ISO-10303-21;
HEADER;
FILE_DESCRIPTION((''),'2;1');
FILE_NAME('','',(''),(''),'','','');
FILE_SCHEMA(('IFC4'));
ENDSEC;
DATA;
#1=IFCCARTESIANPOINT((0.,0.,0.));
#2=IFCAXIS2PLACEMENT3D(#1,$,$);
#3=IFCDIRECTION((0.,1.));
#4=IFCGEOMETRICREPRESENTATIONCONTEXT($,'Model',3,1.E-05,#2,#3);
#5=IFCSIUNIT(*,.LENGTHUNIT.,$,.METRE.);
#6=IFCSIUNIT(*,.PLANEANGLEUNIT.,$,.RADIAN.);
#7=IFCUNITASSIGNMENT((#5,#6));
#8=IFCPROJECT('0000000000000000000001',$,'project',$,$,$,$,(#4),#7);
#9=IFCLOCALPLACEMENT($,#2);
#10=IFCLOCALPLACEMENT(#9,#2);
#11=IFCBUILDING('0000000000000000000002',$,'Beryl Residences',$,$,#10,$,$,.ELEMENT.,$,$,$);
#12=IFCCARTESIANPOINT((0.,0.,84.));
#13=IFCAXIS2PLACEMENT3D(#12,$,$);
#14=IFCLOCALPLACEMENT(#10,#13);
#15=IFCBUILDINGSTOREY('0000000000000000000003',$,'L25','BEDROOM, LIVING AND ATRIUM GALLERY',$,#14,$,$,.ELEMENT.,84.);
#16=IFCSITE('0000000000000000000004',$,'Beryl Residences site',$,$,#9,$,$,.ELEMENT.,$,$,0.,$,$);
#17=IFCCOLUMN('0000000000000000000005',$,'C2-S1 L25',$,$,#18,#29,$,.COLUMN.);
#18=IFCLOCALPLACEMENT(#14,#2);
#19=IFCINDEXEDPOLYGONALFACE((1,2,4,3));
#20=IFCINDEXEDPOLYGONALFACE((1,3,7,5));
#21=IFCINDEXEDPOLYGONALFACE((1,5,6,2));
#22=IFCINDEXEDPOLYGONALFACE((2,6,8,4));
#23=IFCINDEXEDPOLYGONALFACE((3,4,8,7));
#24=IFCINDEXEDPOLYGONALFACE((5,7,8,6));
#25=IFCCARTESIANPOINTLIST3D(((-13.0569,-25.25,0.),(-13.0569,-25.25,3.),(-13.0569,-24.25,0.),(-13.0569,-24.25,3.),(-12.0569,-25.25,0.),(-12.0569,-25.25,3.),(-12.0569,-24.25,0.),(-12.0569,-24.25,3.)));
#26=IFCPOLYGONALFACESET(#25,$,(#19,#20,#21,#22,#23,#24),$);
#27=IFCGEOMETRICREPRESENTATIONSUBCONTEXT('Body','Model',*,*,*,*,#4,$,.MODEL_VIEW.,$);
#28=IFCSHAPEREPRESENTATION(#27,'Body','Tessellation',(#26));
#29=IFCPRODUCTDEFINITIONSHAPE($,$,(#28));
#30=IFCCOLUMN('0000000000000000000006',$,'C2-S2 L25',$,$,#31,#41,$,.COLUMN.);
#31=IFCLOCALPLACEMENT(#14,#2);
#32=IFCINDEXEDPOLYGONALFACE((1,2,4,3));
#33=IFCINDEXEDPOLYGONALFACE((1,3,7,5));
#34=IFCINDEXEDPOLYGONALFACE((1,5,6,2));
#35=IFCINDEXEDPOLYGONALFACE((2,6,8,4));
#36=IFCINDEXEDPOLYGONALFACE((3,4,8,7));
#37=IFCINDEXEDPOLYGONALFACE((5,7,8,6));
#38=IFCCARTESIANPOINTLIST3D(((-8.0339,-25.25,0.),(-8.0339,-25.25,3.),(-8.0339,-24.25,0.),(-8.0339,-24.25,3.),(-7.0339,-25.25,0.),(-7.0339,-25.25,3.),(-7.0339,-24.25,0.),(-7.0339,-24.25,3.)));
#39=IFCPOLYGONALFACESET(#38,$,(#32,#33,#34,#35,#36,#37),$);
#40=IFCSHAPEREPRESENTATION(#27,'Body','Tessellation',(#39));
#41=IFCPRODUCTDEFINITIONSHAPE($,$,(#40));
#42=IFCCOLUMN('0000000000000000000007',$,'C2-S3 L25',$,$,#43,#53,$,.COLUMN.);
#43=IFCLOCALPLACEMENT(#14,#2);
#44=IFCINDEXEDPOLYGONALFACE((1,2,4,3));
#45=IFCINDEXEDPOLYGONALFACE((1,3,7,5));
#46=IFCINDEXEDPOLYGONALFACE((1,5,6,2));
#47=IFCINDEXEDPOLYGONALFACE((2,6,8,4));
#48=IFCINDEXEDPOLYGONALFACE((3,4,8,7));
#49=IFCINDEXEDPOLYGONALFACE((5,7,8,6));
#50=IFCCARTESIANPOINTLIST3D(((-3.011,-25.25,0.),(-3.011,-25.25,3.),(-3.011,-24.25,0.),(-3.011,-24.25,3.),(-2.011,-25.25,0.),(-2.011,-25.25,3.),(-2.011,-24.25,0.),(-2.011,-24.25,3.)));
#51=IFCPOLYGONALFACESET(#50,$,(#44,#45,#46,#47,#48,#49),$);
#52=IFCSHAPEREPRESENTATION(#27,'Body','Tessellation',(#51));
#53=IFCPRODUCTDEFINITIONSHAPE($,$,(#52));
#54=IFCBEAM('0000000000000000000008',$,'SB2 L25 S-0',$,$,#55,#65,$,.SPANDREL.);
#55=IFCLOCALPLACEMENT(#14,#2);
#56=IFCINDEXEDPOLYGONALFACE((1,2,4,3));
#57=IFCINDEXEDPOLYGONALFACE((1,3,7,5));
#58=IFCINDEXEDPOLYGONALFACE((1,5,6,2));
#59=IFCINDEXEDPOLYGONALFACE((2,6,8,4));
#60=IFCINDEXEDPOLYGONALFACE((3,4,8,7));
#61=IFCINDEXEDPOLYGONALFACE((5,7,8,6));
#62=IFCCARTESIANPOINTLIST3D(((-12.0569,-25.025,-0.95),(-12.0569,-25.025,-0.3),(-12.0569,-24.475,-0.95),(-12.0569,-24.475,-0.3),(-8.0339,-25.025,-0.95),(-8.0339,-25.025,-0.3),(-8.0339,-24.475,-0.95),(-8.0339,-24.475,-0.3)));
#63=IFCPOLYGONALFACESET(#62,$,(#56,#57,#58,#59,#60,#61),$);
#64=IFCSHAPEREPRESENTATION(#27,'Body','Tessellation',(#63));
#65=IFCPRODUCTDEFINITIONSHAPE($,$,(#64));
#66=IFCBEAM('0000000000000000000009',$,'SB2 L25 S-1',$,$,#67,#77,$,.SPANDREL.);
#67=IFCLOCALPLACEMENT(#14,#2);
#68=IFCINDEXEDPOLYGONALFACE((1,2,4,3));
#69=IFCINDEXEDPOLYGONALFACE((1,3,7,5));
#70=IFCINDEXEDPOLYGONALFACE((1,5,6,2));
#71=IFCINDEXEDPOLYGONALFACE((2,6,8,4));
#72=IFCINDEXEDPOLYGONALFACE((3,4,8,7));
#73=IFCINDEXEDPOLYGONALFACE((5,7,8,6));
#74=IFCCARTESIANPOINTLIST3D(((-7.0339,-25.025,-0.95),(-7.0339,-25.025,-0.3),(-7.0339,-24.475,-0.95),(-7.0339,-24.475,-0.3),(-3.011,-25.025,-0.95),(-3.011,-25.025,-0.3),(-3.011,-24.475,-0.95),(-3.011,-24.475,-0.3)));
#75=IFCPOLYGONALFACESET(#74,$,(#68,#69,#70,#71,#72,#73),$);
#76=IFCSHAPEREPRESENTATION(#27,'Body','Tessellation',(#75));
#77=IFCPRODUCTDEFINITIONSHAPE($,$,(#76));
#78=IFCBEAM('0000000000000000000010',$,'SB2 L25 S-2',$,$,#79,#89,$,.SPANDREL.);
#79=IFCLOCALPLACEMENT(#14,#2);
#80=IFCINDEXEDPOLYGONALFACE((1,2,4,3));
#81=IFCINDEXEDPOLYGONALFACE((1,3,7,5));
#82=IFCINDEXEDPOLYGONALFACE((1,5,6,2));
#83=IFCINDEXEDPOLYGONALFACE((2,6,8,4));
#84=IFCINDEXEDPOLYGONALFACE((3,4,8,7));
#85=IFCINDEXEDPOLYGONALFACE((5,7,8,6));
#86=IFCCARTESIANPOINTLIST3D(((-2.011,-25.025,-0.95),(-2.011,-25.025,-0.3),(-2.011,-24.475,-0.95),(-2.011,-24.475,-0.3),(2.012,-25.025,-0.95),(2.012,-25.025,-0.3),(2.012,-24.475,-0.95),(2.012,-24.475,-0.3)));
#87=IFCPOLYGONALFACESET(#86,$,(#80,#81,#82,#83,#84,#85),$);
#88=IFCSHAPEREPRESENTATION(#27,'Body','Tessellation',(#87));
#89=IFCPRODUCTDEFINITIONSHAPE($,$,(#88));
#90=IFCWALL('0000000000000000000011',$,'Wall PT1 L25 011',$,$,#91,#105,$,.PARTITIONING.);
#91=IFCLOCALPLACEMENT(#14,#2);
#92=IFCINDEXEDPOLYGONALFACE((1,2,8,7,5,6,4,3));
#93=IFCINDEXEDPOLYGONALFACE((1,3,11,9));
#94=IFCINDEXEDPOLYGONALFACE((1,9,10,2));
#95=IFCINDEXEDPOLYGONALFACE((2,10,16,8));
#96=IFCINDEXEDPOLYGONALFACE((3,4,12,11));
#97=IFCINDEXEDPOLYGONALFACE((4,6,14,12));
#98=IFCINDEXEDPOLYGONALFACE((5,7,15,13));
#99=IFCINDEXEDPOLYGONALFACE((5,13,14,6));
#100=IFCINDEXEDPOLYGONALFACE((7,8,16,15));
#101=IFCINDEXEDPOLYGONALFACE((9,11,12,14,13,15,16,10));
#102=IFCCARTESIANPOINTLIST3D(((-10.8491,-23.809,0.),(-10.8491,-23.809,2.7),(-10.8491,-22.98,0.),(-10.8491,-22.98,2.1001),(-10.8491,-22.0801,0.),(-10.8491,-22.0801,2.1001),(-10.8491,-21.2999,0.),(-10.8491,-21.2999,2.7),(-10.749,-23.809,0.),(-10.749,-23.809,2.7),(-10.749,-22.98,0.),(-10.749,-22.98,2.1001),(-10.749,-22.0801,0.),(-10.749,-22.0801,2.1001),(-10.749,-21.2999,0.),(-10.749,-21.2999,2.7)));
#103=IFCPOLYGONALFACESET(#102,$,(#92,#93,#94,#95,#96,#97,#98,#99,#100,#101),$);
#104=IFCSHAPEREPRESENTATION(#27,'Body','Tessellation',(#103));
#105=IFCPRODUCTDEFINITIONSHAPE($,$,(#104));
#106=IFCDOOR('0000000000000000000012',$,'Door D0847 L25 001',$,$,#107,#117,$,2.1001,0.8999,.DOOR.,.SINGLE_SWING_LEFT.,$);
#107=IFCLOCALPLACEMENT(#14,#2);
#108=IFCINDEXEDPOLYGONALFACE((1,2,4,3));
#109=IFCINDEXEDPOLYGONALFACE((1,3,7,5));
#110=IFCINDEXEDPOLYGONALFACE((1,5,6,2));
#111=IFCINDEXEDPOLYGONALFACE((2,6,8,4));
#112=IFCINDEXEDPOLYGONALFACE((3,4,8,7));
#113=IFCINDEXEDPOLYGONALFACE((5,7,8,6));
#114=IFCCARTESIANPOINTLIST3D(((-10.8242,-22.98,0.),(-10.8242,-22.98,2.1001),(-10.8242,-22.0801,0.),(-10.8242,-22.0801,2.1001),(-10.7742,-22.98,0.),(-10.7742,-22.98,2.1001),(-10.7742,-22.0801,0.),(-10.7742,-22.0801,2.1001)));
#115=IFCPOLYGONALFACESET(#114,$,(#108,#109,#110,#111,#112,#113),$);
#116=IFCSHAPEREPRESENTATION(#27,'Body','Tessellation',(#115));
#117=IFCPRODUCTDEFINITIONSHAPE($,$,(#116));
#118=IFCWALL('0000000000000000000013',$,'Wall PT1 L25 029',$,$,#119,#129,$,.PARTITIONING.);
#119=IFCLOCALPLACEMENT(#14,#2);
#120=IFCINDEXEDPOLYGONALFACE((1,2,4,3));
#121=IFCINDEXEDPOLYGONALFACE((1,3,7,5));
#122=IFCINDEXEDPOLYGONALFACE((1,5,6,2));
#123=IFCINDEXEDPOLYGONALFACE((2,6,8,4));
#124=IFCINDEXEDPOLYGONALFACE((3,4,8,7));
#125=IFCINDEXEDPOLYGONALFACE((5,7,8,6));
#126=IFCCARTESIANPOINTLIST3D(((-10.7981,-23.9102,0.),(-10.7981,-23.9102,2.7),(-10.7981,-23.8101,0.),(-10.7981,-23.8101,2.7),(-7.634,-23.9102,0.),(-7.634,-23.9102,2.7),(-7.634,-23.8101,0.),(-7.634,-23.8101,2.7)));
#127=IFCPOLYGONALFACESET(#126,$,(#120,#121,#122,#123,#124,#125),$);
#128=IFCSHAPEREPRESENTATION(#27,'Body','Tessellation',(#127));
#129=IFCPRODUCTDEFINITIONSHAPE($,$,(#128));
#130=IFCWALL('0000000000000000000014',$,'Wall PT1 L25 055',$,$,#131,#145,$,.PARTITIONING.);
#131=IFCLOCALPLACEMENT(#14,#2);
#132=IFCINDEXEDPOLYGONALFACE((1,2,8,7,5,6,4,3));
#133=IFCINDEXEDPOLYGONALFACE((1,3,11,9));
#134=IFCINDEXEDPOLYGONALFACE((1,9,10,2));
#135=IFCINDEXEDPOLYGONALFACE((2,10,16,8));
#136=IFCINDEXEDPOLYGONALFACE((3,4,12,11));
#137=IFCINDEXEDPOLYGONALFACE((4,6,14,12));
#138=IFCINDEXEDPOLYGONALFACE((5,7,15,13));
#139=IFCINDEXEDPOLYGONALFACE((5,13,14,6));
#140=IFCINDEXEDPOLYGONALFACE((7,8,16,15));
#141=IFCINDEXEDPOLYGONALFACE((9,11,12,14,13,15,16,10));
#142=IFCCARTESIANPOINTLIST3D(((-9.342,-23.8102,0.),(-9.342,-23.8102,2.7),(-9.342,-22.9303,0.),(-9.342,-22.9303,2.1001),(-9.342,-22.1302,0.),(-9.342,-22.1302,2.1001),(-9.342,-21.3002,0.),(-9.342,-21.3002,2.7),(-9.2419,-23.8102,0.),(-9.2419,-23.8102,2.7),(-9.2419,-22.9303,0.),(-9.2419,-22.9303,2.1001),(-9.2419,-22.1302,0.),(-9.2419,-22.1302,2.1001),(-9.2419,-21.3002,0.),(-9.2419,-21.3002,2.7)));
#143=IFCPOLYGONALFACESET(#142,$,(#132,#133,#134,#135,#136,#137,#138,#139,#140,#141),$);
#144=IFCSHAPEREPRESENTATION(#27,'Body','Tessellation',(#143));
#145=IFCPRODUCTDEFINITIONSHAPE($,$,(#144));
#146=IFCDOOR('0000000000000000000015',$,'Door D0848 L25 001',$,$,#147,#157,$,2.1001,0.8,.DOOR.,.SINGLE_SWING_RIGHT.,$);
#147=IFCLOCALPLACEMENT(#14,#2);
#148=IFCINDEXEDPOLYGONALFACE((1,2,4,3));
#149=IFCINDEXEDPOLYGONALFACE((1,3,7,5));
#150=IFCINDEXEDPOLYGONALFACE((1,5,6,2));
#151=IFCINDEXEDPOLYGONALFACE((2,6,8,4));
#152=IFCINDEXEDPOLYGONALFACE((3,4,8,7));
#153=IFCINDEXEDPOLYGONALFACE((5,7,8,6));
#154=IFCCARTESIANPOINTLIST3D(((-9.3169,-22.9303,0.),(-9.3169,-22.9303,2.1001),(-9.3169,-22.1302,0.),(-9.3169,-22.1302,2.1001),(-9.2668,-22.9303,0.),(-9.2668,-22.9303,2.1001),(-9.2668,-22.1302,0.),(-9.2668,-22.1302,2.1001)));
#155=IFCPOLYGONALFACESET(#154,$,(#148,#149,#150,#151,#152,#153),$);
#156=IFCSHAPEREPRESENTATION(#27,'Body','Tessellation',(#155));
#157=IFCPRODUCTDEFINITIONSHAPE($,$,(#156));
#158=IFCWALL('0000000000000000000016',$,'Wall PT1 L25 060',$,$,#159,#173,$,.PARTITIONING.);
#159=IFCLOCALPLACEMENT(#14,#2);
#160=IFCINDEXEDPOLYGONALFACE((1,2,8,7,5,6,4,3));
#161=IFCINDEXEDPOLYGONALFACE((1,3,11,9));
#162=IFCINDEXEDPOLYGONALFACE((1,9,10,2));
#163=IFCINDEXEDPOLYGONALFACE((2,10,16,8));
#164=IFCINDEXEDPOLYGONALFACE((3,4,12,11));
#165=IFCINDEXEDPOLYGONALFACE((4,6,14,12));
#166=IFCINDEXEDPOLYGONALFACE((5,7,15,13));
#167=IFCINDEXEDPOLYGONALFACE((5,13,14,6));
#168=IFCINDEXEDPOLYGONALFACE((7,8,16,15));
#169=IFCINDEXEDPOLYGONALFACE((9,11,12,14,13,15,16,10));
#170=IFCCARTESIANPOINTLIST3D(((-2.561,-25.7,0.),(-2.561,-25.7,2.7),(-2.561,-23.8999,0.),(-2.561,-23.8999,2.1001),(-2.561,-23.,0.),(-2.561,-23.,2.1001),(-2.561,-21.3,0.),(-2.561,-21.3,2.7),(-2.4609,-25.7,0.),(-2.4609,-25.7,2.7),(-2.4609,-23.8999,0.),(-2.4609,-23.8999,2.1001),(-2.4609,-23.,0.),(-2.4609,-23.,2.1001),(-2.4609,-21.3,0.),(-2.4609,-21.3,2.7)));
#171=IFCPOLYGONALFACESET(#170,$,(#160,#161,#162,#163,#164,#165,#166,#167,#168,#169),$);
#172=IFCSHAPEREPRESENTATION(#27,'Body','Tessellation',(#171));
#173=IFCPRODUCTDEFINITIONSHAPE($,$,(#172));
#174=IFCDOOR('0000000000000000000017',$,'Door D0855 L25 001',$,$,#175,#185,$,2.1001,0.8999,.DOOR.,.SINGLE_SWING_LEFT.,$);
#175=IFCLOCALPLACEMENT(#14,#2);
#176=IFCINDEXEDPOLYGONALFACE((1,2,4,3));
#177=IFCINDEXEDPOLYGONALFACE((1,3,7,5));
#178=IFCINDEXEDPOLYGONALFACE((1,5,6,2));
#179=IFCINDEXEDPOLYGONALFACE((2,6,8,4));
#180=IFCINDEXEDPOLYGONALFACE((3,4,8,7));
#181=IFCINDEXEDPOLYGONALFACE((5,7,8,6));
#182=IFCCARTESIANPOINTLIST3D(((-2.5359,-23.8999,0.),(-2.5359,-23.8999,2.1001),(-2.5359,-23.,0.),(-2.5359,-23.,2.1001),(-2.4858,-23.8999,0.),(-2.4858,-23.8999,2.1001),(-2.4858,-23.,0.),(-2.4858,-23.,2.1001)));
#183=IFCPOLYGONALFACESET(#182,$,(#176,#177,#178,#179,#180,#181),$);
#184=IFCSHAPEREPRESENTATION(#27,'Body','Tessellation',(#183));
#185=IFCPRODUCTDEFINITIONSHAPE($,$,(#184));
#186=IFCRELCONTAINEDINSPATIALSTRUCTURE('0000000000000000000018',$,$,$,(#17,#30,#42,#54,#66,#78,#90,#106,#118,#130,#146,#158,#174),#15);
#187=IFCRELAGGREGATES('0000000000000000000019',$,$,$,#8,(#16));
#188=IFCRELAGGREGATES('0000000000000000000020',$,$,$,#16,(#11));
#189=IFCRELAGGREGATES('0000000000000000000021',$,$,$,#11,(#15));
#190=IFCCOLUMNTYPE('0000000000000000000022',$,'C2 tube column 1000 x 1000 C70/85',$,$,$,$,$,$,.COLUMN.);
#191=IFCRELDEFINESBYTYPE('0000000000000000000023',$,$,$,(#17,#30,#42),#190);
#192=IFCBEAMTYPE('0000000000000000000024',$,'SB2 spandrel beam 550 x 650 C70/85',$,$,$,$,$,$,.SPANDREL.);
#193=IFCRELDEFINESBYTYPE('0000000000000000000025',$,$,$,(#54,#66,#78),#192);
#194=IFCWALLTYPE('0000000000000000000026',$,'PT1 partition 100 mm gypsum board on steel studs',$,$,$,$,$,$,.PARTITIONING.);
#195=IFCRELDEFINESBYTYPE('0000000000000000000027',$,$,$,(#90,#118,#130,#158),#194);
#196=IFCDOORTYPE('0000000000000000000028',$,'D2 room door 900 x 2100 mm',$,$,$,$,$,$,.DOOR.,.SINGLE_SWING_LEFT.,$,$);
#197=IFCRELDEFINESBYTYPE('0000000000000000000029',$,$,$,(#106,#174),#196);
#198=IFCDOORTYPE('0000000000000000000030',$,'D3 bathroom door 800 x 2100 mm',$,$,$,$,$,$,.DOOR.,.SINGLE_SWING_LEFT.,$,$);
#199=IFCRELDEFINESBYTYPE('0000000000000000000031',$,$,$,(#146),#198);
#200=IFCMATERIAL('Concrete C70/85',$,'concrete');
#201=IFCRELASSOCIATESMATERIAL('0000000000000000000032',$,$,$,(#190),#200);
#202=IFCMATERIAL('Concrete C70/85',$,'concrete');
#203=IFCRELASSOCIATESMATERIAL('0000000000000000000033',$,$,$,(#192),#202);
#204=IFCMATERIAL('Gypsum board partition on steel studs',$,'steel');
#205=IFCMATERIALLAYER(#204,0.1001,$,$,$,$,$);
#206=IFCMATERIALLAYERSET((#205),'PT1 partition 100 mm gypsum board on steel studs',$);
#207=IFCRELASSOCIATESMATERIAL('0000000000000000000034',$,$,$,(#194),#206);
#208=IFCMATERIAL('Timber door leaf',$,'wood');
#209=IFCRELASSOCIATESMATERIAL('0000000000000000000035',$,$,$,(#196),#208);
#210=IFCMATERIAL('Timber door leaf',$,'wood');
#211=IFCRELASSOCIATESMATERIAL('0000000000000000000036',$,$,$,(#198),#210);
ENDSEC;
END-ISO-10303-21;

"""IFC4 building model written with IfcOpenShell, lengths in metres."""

from ifc_helpers import new_model, si_unit, direction, frame, frame_2d, origin, origin_2d, place, context, subcontext, project, spatial, rectangle, extrude, material, layer, layer_set, material_profile, profile_set, type_object, element, fill, save


model = new_model("IFC4")

# Units and contexts
model_context = context("Model", 3, precision=1e-05, world=origin(), true_north=direction((0.0, 1.0)))
body_context = subcontext(model_context, "Body", "Model", "MODEL_VIEW")
ifc_project = project(units=[si_unit("LENGTHUNIT", "METRE"), si_unit("PLANEANGLEUNIT", "RADIAN")], contexts=[model_context])

# Site, building, storey
site_placement = place(None, origin())
site = spatial("IfcSite", under=ifc_project, at=site_placement, Name="Beryl Residences site", CompositionType="ELEMENT", RefElevation=0.0)
building_placement = place(site_placement, origin())
building = spatial("IfcBuilding", under=site, at=building_placement, Name="Beryl Residences", CompositionType="ELEMENT")
storey_placement = place(building_placement, frame((0.0, 0.0, 84.0)))
storey = spatial("IfcBuildingStorey", under=building, at=storey_placement, Name="L25", Description="BEDROOM, LIVING AND ATRIUM GALLERY", CompositionType="ELEMENT", Elevation=84.0)

# Columns
ifc_material_1 = material(Name="Concrete C70/85", Category="concrete")
ifc_material_profile_1 = material_profile(ifc_material_1, rectangle(XDim=1.0, YDim=1.0, at=origin_2d()))
ifc_profile_set_1 = profile_set([ifc_material_profile_1], Name="Concrete C70/85")
column_type = type_object("IfcColumnType", Name="C2 tube column 1000 x 1000 C70/85", PredefinedType="COLUMN", material=ifc_profile_set_1)
for number, where, z_axis, x_axis, name in (
    (1, (-12.5569, -24.75, 0.0), (0.0, 0.0, 1.0), (1.0, 0.0, 0.0), "C2-S1 L25"),
    (2, (-7.5339, -24.75, 0.0), (0.0, 0.0, 1.0), (1.0, 0.0, 0.0), "C2-S2 L25"),
    (3, (-2.511, -24.75, 0.0), (0.0, 0.0, 1.0), (1.0, 0.0, 0.0), "C2-S3 L25"),
):
    element("IfcColumn", number, at=place(storey_placement, frame(where, z_axis=z_axis, x_axis=x_axis)), inside=storey, type_object=column_type, Name=name, PredefinedType="COLUMN", context=body_context, shape_type="SweptSolid", body=[
        extrude(rectangle(XDim=1.0, YDim=1.0, at=origin_2d()), origin(), (0.0, 0.0, 1.0), 3.0),
    ])

# Beams
ifc_material_2 = material(Name="Concrete C70/85", Category="concrete")
ifc_material_profile_2 = material_profile(ifc_material_2, rectangle(XDim=0.55, YDim=0.6499, at=origin_2d()))
ifc_profile_set_2 = profile_set([ifc_material_profile_2], Name="Concrete C70/85")
beam_type = type_object("IfcBeamType", Name="SB2 spandrel beam 550 x 650 C70/85", PredefinedType="SPANDREL", material=ifc_profile_set_2)
for number, where, z_axis, x_axis, name in (
    (4, (-12.0569, -24.75, -0.625), (1.0, 0.0, 0.0), (0.0, 1.0, 0.0), "SB2 L25 S-0"),
    (5, (-7.0339, -24.75, -0.625), (1.0, 0.0, 0.0), (0.0, 1.0, 0.0), "SB2 L25 S-1"),
    (6, (-2.011, -24.75, -0.625), (1.0, 0.0, 0.0), (0.0, 1.0, 0.0), "SB2 L25 S-2"),
):
    element("IfcBeam", number, at=place(storey_placement, frame(where, z_axis=z_axis, x_axis=x_axis)), inside=storey, type_object=beam_type, Name=name, PredefinedType="SPANDREL", context=body_context, shape_type="SweptSolid", body=[
        extrude(rectangle(XDim=0.55, YDim=0.6499, at=origin_2d()), origin(), (0.0, 0.0, 1.0), 4.0229),
    ])

# Wall, opening, door
ifc_material_3 = material(Name="Gypsum board partition on steel studs", Category="steel")
ifc_layer_1 = layer(ifc_material_3, 0.1001)
ifc_layer_set_1 = layer_set([ifc_layer_1], Name="PT1 partition 100 mm gypsum board on steel studs")
wall_type_1 = type_object("IfcWallType", Name="PT1 partition 100 mm gypsum board on steel studs", PredefinedType="PARTITIONING", material=ifc_layer_set_1)
wall_1_placement = place(storey_placement, frame((-10.7991, -21.3, 0.0), z_axis=(0.0, 0.0, 1.0), x_axis=(0.0, -1.0, 0.0)))
wall_1 = element("IfcWall", 7, at=wall_1_placement, inside=storey, type_object=wall_type_1, Name="Wall PT1 L25 011", PredefinedType="PARTITIONING", context=body_context, shape_type="SweptSolid", body=[
    extrude(rectangle(XDim=2.509, YDim=0.1001, at=frame_2d((1.2544, 0.0))), origin(), (0.0, 0.0, 1.0), 2.7),
])
opening_1_placement = place(wall_1_placement, frame((0.78, 0.0, 0.0)))
opening_1 = element("IfcOpeningElement", 8, at=opening_1_placement, cuts=wall_1, PredefinedType="OPENING", context=body_context, shape_type="SweptSolid", body=[
    extrude(rectangle(XDim=0.8999, YDim=2.1001, at=frame_2d((0.45, 1.05))), frame((0.0, 0.0601, 0.0), z_axis=(0.0, -1.0, 0.0), x_axis=(1.0, 0.0, 0.0)), (0.0, 0.0, 1.0), 0.1201),
])
ifc_material_4 = material(Name="Timber door leaf", Category="wood")
door_type_1 = type_object("IfcDoorType", Name="D2 room door 900 x 2100 mm", OperationType="SINGLE_SWING_LEFT", PredefinedType="DOOR", material=ifc_material_4)
door_1_placement = place(opening_1_placement, origin())
door_1 = element("IfcDoor", 9, at=door_1_placement, inside=storey, type_object=door_type_1, Name="Door D0847 L25 001", OperationType="SINGLE_SWING_LEFT", OverallHeight=2.1001, OverallWidth=0.8999, PredefinedType="DOOR", context=body_context, shape_type="SweptSolid", body=[
    extrude(rectangle(XDim=0.8999, YDim=2.1001, at=frame_2d((0.45, 1.05))), frame((0.0, 0.0249, 0.0), z_axis=(0.0, -1.0, 0.0), x_axis=(1.0, 0.0, 0.0)), (0.0, 0.0, 1.0), 0.05),
])
fill(opening_1, door_1)

# Wall
wall_2_placement = place(storey_placement, frame((-10.7981, -23.8601, 0.0), z_axis=(0.0, 0.0, 1.0), x_axis=(1.0, 0.0, 0.0)))
element("IfcWall", 10, at=wall_2_placement, inside=storey, type_object=wall_type_1, Name="Wall PT1 L25 029", PredefinedType="PARTITIONING", context=body_context, shape_type="SweptSolid", body=[
    extrude(rectangle(XDim=3.1641, YDim=0.1001, at=frame_2d((1.582, 0.0))), origin(), (0.0, 0.0, 1.0), 2.7),
])

# Walls, openings, doors
wall_3_placement = place(storey_placement, frame((-9.292, -23.8101, 0.0), z_axis=(0.0, 0.0, 1.0), x_axis=(0.0, 1.0, 0.0)))
wall_3 = element("IfcWall", 11, at=wall_3_placement, inside=storey, type_object=wall_type_1, Name="Wall PT1 L25 055", PredefinedType="PARTITIONING", context=body_context, shape_type="SweptSolid", body=[
    extrude(rectangle(XDim=2.51, YDim=0.1001, at=frame_2d((1.2549, 0.0))), origin(), (0.0, 0.0, 1.0), 2.7),
])
opening_2_placement = place(wall_3_placement, frame((0.8799, 0.0, 0.0)))
opening_2 = element("IfcOpeningElement", 12, at=opening_2_placement, cuts=wall_3, PredefinedType="OPENING", context=body_context, shape_type="SweptSolid", body=[
    extrude(rectangle(XDim=0.8, YDim=2.1001, at=frame_2d((0.3999, 1.05))), frame((0.0, 0.0601, 0.0), z_axis=(0.0, -1.0, 0.0), x_axis=(1.0, 0.0, 0.0)), (0.0, 0.0, 1.0), 0.1201),
])
ifc_material_5 = material(Name="Timber door leaf", Category="wood")
door_type_2 = type_object("IfcDoorType", Name="D3 bathroom door 800 x 2100 mm", OperationType="SINGLE_SWING_LEFT", PredefinedType="DOOR", material=ifc_material_5)
door_2_placement = place(opening_2_placement, origin())
door_2 = element("IfcDoor", 13, at=door_2_placement, inside=storey, type_object=door_type_2, Name="Door D0848 L25 001", OperationType="SINGLE_SWING_RIGHT", OverallHeight=2.1001, OverallWidth=0.8, PredefinedType="DOOR", context=body_context, shape_type="SweptSolid", body=[
    extrude(rectangle(XDim=0.8, YDim=2.1001, at=frame_2d((0.3999, 1.05))), frame((0.0, 0.0249, 0.0), z_axis=(0.0, -1.0, 0.0), x_axis=(1.0, 0.0, 0.0)), (0.0, 0.0, 1.0), 0.05),
])
fill(opening_2, door_2)
wall_4_placement = place(storey_placement, frame((-2.511, -25.7, 0.0), z_axis=(0.0, 0.0, 1.0), x_axis=(0.0, 1.0, 0.0)))
wall_4 = element("IfcWall", 14, at=wall_4_placement, inside=storey, type_object=wall_type_1, Name="Wall PT1 L25 060", PredefinedType="PARTITIONING", context=body_context, shape_type="SweptSolid", body=[
    extrude(rectangle(XDim=4.3999, YDim=0.1001, at=frame_2d((2.2, 0.0))), origin(), (0.0, 0.0, 1.0), 2.7),
])
opening_3_placement = place(wall_4_placement, frame((1.8, 0.0, 0.0)))
opening_3 = element("IfcOpeningElement", 15, at=opening_3_placement, cuts=wall_4, PredefinedType="OPENING", context=body_context, shape_type="SweptSolid", body=[
    extrude(rectangle(XDim=0.8999, YDim=2.1001, at=frame_2d((0.45, 1.05))), frame((0.0, 0.0601, 0.0), z_axis=(0.0, -1.0, 0.0), x_axis=(1.0, 0.0, 0.0)), (0.0, 0.0, 1.0), 0.1201),
])
door_3_placement = place(opening_3_placement, origin())
door_3 = element("IfcDoor", 16, at=door_3_placement, inside=storey, type_object=door_type_1, Name="Door D0855 L25 001", OperationType="SINGLE_SWING_LEFT", OverallHeight=2.1001, OverallWidth=0.8999, PredefinedType="DOOR", context=body_context, shape_type="SweptSolid", body=[
    extrude(rectangle(XDim=0.8999, YDim=2.1001, at=frame_2d((0.45, 1.05))), frame((0.0, 0.0249, 0.0), z_axis=(0.0, -1.0, 0.0), x_axis=(1.0, 0.0, 0.0)), (0.0, 0.0, 1.0), 0.05),
])
fill(opening_3, door_3)

save(model, "model.ifc")
